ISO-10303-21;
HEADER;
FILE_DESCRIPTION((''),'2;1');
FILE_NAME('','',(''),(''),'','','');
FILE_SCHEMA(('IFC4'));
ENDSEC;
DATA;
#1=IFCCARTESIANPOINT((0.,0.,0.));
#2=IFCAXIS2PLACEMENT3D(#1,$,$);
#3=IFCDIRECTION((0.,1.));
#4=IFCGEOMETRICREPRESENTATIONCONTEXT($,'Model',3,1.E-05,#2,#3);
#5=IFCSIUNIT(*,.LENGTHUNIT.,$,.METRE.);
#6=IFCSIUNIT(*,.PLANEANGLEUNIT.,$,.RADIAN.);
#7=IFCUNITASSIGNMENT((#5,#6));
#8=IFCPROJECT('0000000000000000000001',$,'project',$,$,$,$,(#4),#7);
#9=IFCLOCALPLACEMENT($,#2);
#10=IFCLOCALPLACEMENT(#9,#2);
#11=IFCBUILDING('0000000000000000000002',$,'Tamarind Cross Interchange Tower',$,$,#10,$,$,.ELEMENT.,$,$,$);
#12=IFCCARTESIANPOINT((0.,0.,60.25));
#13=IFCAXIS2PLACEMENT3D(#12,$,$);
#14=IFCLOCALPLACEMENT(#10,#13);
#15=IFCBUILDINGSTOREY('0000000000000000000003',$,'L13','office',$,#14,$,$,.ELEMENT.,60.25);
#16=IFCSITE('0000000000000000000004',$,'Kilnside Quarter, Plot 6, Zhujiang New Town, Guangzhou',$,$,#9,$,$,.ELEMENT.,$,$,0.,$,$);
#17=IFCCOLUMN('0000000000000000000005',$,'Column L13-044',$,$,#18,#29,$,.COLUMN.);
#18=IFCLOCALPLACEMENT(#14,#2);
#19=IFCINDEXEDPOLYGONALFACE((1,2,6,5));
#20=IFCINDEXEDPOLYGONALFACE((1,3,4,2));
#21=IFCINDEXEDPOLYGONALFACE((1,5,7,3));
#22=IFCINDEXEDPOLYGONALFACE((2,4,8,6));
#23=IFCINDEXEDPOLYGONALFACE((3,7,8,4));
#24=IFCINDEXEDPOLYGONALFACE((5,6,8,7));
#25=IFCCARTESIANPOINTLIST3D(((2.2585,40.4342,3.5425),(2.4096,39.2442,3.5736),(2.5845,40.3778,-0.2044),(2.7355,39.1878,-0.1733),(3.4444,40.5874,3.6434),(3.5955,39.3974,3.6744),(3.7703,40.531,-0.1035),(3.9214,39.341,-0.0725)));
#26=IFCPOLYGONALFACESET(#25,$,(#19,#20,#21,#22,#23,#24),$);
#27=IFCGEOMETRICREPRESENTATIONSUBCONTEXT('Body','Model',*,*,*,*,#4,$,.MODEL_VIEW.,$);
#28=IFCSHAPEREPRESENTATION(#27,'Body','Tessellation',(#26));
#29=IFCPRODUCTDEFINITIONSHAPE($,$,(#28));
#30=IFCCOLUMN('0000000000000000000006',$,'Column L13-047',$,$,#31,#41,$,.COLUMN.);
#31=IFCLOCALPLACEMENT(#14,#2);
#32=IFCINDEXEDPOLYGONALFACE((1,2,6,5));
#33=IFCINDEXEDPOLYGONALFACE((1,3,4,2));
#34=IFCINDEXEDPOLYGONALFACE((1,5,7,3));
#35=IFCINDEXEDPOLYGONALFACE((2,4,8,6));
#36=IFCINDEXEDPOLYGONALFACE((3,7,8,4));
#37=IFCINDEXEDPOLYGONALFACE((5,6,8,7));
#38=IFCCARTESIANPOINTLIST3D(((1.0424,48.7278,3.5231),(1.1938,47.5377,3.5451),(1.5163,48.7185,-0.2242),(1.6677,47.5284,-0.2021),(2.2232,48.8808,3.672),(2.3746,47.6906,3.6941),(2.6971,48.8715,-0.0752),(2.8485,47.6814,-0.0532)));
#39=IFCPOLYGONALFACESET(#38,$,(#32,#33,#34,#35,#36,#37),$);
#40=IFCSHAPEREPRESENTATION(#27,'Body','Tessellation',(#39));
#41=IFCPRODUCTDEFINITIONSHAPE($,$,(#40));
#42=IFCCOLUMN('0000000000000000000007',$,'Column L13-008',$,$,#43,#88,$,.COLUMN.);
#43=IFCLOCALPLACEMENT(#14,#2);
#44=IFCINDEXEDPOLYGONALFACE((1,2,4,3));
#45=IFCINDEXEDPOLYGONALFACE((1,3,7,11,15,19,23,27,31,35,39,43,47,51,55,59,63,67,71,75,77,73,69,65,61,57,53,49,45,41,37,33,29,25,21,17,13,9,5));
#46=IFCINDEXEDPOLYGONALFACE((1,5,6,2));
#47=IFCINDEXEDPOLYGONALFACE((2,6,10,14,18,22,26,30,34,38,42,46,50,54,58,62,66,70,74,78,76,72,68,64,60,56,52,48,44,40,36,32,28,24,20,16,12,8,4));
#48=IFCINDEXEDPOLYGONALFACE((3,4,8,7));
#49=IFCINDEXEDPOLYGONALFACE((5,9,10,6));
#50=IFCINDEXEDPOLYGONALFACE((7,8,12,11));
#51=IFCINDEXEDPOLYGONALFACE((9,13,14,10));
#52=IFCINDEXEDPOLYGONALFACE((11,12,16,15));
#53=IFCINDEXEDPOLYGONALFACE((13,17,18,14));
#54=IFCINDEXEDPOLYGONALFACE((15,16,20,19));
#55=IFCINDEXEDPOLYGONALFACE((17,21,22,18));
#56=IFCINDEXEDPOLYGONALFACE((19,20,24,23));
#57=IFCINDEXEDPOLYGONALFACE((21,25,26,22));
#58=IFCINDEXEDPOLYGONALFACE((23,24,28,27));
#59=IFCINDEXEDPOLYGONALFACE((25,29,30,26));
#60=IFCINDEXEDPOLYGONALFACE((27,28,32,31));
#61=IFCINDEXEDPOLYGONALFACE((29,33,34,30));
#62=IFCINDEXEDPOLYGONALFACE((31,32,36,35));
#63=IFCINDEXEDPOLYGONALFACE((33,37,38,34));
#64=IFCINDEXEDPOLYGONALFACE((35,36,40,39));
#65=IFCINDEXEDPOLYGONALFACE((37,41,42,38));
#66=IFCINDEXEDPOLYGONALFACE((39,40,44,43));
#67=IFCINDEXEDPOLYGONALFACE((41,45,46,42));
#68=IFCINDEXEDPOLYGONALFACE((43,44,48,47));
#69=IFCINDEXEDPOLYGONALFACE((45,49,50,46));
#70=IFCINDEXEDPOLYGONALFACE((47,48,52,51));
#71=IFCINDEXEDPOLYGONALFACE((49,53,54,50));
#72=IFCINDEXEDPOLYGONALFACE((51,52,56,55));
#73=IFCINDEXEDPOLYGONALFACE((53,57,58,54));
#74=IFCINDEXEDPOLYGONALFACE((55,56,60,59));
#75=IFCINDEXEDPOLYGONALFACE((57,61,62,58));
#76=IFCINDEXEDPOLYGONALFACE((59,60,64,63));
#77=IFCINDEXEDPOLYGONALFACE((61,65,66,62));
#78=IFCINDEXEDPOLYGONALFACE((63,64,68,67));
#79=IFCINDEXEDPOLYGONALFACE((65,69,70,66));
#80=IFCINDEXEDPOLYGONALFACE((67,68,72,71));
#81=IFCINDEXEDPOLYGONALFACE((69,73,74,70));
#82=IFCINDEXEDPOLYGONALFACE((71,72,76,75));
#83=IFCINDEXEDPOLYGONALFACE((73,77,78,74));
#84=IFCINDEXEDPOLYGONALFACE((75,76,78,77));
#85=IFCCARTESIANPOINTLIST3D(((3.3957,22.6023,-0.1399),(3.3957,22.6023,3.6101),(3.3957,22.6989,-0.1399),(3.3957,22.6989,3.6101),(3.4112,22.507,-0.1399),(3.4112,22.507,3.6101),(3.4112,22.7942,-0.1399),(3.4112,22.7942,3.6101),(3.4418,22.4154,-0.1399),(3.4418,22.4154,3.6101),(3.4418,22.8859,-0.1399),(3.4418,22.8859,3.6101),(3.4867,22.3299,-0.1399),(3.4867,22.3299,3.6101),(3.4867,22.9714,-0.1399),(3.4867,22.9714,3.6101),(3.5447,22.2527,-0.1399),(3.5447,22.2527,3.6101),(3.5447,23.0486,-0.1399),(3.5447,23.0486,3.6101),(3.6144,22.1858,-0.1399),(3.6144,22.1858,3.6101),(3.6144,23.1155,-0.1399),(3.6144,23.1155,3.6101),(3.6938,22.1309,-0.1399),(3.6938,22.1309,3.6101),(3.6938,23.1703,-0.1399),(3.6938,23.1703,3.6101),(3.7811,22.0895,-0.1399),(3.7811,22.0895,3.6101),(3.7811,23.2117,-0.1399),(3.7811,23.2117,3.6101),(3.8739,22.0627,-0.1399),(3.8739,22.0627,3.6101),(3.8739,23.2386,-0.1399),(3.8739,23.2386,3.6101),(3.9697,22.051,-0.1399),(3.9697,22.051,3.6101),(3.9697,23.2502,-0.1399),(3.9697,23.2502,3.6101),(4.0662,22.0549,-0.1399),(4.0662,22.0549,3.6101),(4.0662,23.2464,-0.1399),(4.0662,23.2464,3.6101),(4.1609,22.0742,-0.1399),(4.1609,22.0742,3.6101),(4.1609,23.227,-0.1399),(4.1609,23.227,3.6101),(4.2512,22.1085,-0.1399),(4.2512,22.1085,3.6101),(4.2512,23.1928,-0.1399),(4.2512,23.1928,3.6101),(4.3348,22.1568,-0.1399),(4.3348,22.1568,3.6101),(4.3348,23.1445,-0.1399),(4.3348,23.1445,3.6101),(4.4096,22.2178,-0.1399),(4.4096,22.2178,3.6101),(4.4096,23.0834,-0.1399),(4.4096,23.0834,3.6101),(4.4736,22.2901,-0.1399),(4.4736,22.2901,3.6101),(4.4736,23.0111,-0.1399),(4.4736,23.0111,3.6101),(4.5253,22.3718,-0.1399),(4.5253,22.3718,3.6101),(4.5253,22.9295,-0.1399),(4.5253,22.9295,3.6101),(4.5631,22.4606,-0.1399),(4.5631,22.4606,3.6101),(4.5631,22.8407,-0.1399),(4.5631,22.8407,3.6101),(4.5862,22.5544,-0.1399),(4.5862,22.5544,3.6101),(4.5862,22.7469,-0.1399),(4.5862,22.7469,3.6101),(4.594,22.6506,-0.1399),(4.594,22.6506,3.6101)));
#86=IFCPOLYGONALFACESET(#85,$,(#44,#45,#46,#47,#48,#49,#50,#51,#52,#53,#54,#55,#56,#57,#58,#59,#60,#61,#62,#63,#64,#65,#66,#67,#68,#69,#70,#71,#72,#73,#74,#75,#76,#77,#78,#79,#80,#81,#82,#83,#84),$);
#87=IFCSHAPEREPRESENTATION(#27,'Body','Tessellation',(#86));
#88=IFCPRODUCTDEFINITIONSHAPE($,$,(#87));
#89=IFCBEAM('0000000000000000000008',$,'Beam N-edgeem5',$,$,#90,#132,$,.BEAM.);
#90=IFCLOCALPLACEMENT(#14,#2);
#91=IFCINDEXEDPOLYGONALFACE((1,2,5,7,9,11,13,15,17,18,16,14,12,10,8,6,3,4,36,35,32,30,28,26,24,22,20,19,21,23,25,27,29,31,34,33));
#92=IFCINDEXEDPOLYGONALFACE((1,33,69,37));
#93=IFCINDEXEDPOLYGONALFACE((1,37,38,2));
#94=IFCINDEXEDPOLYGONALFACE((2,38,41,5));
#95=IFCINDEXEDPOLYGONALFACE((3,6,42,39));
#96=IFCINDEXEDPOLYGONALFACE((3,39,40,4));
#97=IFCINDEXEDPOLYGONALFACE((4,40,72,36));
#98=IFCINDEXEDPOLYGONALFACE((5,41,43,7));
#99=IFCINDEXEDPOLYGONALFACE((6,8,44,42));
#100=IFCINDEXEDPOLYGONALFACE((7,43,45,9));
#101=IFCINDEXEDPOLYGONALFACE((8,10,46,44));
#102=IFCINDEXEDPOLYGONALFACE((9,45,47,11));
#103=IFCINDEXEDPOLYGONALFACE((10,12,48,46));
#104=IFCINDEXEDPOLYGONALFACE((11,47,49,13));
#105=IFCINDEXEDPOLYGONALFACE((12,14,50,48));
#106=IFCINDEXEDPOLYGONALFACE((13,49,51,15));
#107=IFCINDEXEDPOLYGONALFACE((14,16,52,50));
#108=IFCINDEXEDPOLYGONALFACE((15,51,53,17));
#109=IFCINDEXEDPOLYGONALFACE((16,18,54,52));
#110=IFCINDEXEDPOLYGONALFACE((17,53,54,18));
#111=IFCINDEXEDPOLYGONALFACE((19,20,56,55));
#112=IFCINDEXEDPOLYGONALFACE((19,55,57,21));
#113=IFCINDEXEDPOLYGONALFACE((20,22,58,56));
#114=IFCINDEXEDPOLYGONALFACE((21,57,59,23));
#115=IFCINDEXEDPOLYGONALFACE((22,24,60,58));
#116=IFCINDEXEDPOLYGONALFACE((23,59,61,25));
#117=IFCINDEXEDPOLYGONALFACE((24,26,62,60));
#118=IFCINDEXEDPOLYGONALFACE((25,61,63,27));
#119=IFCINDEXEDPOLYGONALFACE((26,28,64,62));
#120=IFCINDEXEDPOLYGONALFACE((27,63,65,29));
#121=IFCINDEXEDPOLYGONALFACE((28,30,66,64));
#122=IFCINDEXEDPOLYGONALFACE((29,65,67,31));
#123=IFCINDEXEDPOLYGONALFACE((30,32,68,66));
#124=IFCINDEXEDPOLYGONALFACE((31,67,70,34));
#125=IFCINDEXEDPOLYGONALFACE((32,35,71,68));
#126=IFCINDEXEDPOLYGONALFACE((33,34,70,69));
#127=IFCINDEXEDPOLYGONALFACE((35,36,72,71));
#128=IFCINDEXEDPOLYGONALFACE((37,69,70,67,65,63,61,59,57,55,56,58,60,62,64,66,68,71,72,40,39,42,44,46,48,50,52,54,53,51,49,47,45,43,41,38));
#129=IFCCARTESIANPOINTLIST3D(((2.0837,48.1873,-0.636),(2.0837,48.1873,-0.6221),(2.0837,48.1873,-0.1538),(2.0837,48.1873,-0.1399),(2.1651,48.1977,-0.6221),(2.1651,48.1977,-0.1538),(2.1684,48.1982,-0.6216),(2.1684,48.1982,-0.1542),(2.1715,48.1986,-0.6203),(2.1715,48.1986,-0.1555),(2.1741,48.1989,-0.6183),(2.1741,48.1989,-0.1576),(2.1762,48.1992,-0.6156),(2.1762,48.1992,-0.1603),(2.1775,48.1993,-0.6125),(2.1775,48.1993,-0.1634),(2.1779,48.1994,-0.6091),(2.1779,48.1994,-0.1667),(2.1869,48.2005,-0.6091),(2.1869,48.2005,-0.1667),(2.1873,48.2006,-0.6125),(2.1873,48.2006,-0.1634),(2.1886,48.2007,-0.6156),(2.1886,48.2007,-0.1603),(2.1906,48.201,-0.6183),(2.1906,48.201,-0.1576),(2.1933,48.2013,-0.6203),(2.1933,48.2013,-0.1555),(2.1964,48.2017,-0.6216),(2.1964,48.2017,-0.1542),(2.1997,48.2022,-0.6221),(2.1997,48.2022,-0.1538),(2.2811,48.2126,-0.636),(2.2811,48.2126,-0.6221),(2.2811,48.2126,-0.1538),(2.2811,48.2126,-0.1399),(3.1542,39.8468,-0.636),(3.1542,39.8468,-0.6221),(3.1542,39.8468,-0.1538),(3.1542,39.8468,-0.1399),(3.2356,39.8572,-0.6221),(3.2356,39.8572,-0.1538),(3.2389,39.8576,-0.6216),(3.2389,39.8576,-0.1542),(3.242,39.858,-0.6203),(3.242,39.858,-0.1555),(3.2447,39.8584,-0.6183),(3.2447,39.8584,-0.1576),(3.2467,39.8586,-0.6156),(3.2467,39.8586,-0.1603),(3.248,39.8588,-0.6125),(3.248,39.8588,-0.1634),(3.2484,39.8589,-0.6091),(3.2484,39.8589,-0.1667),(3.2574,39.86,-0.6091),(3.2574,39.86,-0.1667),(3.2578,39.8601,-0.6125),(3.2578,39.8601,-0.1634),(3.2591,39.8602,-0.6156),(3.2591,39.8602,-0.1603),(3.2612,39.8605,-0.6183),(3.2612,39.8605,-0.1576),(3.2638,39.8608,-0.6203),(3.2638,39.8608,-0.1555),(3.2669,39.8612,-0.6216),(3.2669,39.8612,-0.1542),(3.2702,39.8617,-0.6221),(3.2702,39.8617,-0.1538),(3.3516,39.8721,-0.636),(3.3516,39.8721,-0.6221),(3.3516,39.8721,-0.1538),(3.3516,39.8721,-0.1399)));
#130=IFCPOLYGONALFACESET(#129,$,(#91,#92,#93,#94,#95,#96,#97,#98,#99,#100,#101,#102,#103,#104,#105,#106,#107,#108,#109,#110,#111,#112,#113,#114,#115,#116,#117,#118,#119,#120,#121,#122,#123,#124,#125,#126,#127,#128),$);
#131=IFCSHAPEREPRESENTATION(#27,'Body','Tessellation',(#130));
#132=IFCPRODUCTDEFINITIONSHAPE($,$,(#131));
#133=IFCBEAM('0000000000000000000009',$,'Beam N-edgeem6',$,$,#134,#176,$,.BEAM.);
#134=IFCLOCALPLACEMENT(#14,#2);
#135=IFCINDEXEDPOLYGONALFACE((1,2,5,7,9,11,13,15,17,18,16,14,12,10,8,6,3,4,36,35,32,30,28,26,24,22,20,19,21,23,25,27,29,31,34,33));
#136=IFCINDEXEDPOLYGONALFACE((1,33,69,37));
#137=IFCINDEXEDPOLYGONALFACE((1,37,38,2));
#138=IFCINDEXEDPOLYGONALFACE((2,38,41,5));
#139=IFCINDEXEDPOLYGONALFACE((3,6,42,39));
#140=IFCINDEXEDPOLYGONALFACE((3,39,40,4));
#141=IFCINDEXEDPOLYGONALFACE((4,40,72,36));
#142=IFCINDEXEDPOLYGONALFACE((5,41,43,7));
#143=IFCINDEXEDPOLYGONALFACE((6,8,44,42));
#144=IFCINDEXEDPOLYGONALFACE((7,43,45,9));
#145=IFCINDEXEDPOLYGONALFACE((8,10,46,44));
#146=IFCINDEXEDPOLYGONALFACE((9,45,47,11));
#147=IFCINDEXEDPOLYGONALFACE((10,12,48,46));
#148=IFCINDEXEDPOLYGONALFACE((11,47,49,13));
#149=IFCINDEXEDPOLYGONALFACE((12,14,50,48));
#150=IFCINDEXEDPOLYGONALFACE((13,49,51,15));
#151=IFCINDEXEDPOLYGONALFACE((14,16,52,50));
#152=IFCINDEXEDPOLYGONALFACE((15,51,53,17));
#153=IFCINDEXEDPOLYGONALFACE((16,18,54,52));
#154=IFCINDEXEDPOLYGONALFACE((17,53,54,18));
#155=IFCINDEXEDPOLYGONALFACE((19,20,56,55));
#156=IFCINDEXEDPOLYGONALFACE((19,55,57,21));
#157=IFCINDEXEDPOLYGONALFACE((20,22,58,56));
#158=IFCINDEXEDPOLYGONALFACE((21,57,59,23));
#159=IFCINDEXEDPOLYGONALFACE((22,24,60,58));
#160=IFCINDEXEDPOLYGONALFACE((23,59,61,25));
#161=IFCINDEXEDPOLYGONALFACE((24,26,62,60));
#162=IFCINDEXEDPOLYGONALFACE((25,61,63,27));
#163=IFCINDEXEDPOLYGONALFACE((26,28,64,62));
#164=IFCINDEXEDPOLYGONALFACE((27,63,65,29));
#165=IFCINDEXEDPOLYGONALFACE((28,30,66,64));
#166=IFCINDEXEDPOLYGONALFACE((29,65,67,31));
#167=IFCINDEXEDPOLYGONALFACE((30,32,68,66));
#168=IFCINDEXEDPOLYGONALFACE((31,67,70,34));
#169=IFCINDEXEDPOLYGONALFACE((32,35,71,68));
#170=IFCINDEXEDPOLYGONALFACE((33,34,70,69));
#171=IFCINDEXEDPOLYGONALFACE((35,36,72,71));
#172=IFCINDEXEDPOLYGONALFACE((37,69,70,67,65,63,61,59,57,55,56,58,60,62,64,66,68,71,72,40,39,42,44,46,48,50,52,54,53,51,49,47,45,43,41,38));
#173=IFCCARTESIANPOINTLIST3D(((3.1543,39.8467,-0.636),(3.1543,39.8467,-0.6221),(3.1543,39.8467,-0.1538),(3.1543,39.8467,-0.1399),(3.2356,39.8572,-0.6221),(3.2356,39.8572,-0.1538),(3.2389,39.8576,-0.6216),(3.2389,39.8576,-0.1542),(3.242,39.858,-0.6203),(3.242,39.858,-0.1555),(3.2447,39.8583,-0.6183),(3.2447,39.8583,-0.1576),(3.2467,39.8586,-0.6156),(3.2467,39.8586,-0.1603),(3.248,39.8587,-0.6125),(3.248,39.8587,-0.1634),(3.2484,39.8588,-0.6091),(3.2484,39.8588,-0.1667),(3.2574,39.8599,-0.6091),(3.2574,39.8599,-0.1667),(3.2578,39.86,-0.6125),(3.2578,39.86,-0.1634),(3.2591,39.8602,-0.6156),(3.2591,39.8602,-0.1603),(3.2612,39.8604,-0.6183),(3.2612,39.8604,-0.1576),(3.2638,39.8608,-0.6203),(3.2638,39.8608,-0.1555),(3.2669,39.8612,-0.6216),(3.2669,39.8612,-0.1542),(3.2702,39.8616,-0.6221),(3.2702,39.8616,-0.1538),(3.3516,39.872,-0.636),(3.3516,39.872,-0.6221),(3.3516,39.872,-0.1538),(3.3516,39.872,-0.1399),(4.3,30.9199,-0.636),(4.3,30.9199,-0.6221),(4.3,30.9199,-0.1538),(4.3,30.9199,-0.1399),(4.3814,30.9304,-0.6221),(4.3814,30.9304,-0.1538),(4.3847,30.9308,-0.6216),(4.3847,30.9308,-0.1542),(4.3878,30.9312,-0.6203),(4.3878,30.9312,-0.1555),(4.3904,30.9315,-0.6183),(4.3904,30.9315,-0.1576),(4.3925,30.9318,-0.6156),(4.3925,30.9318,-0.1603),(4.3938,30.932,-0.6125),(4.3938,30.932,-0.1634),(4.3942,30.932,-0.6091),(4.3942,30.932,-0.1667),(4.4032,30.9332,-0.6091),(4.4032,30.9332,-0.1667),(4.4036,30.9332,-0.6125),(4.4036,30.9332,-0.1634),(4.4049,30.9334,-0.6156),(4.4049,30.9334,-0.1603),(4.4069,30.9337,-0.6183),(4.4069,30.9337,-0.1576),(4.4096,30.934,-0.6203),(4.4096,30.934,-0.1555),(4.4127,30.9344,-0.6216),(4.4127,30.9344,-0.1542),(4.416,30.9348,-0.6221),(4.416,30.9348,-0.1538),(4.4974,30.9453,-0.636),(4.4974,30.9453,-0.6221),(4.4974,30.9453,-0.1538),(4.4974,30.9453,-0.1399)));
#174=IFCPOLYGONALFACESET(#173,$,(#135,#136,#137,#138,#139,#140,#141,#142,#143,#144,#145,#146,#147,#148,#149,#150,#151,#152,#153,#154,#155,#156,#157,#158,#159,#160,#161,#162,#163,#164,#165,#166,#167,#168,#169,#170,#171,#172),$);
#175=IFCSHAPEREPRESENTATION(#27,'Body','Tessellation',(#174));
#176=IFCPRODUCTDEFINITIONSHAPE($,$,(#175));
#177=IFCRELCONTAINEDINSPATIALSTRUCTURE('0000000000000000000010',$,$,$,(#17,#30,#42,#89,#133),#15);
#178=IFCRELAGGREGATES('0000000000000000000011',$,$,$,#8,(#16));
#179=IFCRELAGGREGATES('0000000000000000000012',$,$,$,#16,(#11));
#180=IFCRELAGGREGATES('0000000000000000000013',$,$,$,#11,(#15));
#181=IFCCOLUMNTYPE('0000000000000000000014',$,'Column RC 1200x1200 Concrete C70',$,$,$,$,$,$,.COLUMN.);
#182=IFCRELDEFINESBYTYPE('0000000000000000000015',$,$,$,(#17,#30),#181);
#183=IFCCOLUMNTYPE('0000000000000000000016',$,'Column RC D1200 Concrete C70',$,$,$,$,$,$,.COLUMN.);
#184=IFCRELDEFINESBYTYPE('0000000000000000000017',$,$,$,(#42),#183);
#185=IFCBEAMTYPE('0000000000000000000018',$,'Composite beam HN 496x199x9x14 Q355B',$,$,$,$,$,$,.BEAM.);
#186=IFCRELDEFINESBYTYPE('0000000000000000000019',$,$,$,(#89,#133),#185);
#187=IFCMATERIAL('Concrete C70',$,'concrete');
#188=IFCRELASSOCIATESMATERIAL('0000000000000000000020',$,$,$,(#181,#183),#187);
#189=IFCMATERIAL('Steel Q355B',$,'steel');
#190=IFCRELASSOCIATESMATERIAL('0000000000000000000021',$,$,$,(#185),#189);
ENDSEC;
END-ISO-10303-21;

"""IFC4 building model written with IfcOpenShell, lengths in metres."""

from ifc_helpers import new_model, si_unit, direction, frame, origin, origin_2d, place, context, subcontext, project, spatial, rectangle, circle, i_section, extrude, material, material_profile, profile_set, type_object, element, save


model = new_model("IFC4")

# Units and contexts
model_context = context("Model", 3, precision=1e-05, world=origin(), true_north=direction((0.0, 1.0)))
body_context = subcontext(model_context, "Body", "Model", "MODEL_VIEW")
ifc_project = project(units=[si_unit("LENGTHUNIT", "METRE"), si_unit("PLANEANGLEUNIT", "RADIAN")], contexts=[model_context])

# Site, building, storey
site_placement = place(None, origin())
site = spatial("IfcSite", under=ifc_project, at=site_placement, Name="Kilnside Quarter, Plot 6, Zhujiang New Town, Guangzhou", CompositionType="ELEMENT", RefElevation=0.0)
building_placement = place(site_placement, origin())
building = spatial("IfcBuilding", under=site, at=building_placement, Name="Tamarind Cross Interchange Tower", CompositionType="ELEMENT")
storey_placement = place(building_placement, frame((0.0, 0.0, 60.25)))
storey = spatial("IfcBuildingStorey", under=building, at=storey_placement, Name="L13", Description="office", CompositionType="ELEMENT", Elevation=60.25)

# Columns
ifc_material_1 = material(Name="Concrete C70", Category="concrete")
ifc_material_profile_1 = material_profile(ifc_material_1, rectangle(XDim=1.2, YDim=1.2, at=origin_2d()), Name="RC 1200x1200")
ifc_profile_set_1 = profile_set([ifc_material_profile_1], Name="Concrete C70")
column_type_1 = type_object("IfcColumnType", Name="Column RC 1200x1200 Concrete C70", PredefinedType="COLUMN", material=ifc_profile_set_1)
column_1_placement = place(storey_placement, frame((3.2529, 39.8594, -0.1384), z_axis=(-0.086651, 0.014993, 0.996126), x_axis=(0.125892, -0.991706, 0.025878)))
element("IfcColumn", 1, at=column_1_placement, inside=storey, type_object=column_type_1, Name="Column L13-044", PredefinedType="COLUMN", context=body_context, shape_type="SweptSolid", body=[
    extrude(rectangle(XDim=1.2, YDim=1.2, at=origin_2d()), origin(), (0.0, 0.0, 1.0), 3.7615),
])
column_2_placement = place(storey_placement, frame((2.1824, 48.2, -0.1387), z_axis=(-0.125458, 0.002456, 0.992096), x_axis=(0.126166, -0.991838, 0.01841)))
element("IfcColumn", 2, at=column_2_placement, inside=storey, type_object=column_type_1, Name="Column L13-047", PredefinedType="COLUMN", context=body_context, shape_type="SweptSolid", body=[
    extrude(rectangle(XDim=1.2, YDim=1.2, at=origin_2d()), origin(), (0.0, 0.0, 1.0), 3.7771),
])
ifc_material_profile_2 = material_profile(ifc_material_1, circle(Radius=0.6001, at=origin_2d()), Name="RC D1200")
ifc_profile_set_2 = profile_set([ifc_material_profile_2], Name="Concrete C70")
column_type_2 = type_object("IfcColumnType", Name="Column RC D1200 Concrete C70", PredefinedType="COLUMN", material=ifc_profile_set_2)
column_3_placement = place(storey_placement, frame((3.9939, 22.6506, -0.1399), z_axis=(0.0, 0.0, 1.0), x_axis=(1.0, 0.0, 0.0)))
element("IfcColumn", 3, at=column_3_placement, inside=storey, type_object=column_type_2, Name="Column L13-008", PredefinedType="COLUMN", context=body_context, shape_type="SweptSolid", body=[
    extrude(circle(Radius=0.6001, at=origin_2d()), origin(), (0.0, 0.0, 1.0), 3.75),
])

# Beams
ifc_material_2 = material(Name="Steel Q355B", Category="steel")
ifc_material_profile_3 = material_profile(ifc_material_2, i_section(OverallWidth=0.199, OverallDepth=0.4961, WebThickness=0.009, FlangeThickness=0.0139, FilletRadius=0.0129, at=origin_2d()), Name="HN 496x199x9x14")
ifc_profile_set_3 = profile_set([ifc_material_profile_3], Name="Steel Q355B")
beam_type_1 = type_object("IfcBeamType", Name="Composite beam HN 496x199x9x14 Q355B", PredefinedType="BEAM", material=ifc_profile_set_3)
beam_1_placement = place(storey_placement, frame((2.1824, 48.2, -0.3879), z_axis=(0.127311, -0.991863, 0.0), x_axis=(0.991863, 0.127311, 0.0)))
element("IfcBeam", 4, at=beam_1_placement, inside=storey, type_object=beam_type_1, Name="Beam N-edgeem5", PredefinedType="BEAM", context=body_context, shape_type="SweptSolid", body=[
    extrude(i_section(OverallWidth=0.199, OverallDepth=0.4961, WebThickness=0.009, FlangeThickness=0.0139, FilletRadius=0.0129, at=origin_2d()), origin(), (0.0, 0.0, 1.0), 8.4089),
])
beam_2_placement = place(storey_placement, frame((3.2529, 39.8594, -0.3879), z_axis=(0.127306, -0.991863, 0.0), x_axis=(0.991863, 0.127306, 0.0)))
element("IfcBeam", 5, at=beam_2_placement, inside=storey, type_object=beam_type_1, Name="Beam N-edgeem6", PredefinedType="BEAM", context=body_context, shape_type="SweptSolid", body=[
    extrude(i_section(OverallWidth=0.199, OverallDepth=0.4961, WebThickness=0.009, FlangeThickness=0.0139, FilletRadius=0.0129, at=origin_2d()), origin(), (0.0, 0.0, 1.0), 9.0),
])

save(model, "model.ifc")
